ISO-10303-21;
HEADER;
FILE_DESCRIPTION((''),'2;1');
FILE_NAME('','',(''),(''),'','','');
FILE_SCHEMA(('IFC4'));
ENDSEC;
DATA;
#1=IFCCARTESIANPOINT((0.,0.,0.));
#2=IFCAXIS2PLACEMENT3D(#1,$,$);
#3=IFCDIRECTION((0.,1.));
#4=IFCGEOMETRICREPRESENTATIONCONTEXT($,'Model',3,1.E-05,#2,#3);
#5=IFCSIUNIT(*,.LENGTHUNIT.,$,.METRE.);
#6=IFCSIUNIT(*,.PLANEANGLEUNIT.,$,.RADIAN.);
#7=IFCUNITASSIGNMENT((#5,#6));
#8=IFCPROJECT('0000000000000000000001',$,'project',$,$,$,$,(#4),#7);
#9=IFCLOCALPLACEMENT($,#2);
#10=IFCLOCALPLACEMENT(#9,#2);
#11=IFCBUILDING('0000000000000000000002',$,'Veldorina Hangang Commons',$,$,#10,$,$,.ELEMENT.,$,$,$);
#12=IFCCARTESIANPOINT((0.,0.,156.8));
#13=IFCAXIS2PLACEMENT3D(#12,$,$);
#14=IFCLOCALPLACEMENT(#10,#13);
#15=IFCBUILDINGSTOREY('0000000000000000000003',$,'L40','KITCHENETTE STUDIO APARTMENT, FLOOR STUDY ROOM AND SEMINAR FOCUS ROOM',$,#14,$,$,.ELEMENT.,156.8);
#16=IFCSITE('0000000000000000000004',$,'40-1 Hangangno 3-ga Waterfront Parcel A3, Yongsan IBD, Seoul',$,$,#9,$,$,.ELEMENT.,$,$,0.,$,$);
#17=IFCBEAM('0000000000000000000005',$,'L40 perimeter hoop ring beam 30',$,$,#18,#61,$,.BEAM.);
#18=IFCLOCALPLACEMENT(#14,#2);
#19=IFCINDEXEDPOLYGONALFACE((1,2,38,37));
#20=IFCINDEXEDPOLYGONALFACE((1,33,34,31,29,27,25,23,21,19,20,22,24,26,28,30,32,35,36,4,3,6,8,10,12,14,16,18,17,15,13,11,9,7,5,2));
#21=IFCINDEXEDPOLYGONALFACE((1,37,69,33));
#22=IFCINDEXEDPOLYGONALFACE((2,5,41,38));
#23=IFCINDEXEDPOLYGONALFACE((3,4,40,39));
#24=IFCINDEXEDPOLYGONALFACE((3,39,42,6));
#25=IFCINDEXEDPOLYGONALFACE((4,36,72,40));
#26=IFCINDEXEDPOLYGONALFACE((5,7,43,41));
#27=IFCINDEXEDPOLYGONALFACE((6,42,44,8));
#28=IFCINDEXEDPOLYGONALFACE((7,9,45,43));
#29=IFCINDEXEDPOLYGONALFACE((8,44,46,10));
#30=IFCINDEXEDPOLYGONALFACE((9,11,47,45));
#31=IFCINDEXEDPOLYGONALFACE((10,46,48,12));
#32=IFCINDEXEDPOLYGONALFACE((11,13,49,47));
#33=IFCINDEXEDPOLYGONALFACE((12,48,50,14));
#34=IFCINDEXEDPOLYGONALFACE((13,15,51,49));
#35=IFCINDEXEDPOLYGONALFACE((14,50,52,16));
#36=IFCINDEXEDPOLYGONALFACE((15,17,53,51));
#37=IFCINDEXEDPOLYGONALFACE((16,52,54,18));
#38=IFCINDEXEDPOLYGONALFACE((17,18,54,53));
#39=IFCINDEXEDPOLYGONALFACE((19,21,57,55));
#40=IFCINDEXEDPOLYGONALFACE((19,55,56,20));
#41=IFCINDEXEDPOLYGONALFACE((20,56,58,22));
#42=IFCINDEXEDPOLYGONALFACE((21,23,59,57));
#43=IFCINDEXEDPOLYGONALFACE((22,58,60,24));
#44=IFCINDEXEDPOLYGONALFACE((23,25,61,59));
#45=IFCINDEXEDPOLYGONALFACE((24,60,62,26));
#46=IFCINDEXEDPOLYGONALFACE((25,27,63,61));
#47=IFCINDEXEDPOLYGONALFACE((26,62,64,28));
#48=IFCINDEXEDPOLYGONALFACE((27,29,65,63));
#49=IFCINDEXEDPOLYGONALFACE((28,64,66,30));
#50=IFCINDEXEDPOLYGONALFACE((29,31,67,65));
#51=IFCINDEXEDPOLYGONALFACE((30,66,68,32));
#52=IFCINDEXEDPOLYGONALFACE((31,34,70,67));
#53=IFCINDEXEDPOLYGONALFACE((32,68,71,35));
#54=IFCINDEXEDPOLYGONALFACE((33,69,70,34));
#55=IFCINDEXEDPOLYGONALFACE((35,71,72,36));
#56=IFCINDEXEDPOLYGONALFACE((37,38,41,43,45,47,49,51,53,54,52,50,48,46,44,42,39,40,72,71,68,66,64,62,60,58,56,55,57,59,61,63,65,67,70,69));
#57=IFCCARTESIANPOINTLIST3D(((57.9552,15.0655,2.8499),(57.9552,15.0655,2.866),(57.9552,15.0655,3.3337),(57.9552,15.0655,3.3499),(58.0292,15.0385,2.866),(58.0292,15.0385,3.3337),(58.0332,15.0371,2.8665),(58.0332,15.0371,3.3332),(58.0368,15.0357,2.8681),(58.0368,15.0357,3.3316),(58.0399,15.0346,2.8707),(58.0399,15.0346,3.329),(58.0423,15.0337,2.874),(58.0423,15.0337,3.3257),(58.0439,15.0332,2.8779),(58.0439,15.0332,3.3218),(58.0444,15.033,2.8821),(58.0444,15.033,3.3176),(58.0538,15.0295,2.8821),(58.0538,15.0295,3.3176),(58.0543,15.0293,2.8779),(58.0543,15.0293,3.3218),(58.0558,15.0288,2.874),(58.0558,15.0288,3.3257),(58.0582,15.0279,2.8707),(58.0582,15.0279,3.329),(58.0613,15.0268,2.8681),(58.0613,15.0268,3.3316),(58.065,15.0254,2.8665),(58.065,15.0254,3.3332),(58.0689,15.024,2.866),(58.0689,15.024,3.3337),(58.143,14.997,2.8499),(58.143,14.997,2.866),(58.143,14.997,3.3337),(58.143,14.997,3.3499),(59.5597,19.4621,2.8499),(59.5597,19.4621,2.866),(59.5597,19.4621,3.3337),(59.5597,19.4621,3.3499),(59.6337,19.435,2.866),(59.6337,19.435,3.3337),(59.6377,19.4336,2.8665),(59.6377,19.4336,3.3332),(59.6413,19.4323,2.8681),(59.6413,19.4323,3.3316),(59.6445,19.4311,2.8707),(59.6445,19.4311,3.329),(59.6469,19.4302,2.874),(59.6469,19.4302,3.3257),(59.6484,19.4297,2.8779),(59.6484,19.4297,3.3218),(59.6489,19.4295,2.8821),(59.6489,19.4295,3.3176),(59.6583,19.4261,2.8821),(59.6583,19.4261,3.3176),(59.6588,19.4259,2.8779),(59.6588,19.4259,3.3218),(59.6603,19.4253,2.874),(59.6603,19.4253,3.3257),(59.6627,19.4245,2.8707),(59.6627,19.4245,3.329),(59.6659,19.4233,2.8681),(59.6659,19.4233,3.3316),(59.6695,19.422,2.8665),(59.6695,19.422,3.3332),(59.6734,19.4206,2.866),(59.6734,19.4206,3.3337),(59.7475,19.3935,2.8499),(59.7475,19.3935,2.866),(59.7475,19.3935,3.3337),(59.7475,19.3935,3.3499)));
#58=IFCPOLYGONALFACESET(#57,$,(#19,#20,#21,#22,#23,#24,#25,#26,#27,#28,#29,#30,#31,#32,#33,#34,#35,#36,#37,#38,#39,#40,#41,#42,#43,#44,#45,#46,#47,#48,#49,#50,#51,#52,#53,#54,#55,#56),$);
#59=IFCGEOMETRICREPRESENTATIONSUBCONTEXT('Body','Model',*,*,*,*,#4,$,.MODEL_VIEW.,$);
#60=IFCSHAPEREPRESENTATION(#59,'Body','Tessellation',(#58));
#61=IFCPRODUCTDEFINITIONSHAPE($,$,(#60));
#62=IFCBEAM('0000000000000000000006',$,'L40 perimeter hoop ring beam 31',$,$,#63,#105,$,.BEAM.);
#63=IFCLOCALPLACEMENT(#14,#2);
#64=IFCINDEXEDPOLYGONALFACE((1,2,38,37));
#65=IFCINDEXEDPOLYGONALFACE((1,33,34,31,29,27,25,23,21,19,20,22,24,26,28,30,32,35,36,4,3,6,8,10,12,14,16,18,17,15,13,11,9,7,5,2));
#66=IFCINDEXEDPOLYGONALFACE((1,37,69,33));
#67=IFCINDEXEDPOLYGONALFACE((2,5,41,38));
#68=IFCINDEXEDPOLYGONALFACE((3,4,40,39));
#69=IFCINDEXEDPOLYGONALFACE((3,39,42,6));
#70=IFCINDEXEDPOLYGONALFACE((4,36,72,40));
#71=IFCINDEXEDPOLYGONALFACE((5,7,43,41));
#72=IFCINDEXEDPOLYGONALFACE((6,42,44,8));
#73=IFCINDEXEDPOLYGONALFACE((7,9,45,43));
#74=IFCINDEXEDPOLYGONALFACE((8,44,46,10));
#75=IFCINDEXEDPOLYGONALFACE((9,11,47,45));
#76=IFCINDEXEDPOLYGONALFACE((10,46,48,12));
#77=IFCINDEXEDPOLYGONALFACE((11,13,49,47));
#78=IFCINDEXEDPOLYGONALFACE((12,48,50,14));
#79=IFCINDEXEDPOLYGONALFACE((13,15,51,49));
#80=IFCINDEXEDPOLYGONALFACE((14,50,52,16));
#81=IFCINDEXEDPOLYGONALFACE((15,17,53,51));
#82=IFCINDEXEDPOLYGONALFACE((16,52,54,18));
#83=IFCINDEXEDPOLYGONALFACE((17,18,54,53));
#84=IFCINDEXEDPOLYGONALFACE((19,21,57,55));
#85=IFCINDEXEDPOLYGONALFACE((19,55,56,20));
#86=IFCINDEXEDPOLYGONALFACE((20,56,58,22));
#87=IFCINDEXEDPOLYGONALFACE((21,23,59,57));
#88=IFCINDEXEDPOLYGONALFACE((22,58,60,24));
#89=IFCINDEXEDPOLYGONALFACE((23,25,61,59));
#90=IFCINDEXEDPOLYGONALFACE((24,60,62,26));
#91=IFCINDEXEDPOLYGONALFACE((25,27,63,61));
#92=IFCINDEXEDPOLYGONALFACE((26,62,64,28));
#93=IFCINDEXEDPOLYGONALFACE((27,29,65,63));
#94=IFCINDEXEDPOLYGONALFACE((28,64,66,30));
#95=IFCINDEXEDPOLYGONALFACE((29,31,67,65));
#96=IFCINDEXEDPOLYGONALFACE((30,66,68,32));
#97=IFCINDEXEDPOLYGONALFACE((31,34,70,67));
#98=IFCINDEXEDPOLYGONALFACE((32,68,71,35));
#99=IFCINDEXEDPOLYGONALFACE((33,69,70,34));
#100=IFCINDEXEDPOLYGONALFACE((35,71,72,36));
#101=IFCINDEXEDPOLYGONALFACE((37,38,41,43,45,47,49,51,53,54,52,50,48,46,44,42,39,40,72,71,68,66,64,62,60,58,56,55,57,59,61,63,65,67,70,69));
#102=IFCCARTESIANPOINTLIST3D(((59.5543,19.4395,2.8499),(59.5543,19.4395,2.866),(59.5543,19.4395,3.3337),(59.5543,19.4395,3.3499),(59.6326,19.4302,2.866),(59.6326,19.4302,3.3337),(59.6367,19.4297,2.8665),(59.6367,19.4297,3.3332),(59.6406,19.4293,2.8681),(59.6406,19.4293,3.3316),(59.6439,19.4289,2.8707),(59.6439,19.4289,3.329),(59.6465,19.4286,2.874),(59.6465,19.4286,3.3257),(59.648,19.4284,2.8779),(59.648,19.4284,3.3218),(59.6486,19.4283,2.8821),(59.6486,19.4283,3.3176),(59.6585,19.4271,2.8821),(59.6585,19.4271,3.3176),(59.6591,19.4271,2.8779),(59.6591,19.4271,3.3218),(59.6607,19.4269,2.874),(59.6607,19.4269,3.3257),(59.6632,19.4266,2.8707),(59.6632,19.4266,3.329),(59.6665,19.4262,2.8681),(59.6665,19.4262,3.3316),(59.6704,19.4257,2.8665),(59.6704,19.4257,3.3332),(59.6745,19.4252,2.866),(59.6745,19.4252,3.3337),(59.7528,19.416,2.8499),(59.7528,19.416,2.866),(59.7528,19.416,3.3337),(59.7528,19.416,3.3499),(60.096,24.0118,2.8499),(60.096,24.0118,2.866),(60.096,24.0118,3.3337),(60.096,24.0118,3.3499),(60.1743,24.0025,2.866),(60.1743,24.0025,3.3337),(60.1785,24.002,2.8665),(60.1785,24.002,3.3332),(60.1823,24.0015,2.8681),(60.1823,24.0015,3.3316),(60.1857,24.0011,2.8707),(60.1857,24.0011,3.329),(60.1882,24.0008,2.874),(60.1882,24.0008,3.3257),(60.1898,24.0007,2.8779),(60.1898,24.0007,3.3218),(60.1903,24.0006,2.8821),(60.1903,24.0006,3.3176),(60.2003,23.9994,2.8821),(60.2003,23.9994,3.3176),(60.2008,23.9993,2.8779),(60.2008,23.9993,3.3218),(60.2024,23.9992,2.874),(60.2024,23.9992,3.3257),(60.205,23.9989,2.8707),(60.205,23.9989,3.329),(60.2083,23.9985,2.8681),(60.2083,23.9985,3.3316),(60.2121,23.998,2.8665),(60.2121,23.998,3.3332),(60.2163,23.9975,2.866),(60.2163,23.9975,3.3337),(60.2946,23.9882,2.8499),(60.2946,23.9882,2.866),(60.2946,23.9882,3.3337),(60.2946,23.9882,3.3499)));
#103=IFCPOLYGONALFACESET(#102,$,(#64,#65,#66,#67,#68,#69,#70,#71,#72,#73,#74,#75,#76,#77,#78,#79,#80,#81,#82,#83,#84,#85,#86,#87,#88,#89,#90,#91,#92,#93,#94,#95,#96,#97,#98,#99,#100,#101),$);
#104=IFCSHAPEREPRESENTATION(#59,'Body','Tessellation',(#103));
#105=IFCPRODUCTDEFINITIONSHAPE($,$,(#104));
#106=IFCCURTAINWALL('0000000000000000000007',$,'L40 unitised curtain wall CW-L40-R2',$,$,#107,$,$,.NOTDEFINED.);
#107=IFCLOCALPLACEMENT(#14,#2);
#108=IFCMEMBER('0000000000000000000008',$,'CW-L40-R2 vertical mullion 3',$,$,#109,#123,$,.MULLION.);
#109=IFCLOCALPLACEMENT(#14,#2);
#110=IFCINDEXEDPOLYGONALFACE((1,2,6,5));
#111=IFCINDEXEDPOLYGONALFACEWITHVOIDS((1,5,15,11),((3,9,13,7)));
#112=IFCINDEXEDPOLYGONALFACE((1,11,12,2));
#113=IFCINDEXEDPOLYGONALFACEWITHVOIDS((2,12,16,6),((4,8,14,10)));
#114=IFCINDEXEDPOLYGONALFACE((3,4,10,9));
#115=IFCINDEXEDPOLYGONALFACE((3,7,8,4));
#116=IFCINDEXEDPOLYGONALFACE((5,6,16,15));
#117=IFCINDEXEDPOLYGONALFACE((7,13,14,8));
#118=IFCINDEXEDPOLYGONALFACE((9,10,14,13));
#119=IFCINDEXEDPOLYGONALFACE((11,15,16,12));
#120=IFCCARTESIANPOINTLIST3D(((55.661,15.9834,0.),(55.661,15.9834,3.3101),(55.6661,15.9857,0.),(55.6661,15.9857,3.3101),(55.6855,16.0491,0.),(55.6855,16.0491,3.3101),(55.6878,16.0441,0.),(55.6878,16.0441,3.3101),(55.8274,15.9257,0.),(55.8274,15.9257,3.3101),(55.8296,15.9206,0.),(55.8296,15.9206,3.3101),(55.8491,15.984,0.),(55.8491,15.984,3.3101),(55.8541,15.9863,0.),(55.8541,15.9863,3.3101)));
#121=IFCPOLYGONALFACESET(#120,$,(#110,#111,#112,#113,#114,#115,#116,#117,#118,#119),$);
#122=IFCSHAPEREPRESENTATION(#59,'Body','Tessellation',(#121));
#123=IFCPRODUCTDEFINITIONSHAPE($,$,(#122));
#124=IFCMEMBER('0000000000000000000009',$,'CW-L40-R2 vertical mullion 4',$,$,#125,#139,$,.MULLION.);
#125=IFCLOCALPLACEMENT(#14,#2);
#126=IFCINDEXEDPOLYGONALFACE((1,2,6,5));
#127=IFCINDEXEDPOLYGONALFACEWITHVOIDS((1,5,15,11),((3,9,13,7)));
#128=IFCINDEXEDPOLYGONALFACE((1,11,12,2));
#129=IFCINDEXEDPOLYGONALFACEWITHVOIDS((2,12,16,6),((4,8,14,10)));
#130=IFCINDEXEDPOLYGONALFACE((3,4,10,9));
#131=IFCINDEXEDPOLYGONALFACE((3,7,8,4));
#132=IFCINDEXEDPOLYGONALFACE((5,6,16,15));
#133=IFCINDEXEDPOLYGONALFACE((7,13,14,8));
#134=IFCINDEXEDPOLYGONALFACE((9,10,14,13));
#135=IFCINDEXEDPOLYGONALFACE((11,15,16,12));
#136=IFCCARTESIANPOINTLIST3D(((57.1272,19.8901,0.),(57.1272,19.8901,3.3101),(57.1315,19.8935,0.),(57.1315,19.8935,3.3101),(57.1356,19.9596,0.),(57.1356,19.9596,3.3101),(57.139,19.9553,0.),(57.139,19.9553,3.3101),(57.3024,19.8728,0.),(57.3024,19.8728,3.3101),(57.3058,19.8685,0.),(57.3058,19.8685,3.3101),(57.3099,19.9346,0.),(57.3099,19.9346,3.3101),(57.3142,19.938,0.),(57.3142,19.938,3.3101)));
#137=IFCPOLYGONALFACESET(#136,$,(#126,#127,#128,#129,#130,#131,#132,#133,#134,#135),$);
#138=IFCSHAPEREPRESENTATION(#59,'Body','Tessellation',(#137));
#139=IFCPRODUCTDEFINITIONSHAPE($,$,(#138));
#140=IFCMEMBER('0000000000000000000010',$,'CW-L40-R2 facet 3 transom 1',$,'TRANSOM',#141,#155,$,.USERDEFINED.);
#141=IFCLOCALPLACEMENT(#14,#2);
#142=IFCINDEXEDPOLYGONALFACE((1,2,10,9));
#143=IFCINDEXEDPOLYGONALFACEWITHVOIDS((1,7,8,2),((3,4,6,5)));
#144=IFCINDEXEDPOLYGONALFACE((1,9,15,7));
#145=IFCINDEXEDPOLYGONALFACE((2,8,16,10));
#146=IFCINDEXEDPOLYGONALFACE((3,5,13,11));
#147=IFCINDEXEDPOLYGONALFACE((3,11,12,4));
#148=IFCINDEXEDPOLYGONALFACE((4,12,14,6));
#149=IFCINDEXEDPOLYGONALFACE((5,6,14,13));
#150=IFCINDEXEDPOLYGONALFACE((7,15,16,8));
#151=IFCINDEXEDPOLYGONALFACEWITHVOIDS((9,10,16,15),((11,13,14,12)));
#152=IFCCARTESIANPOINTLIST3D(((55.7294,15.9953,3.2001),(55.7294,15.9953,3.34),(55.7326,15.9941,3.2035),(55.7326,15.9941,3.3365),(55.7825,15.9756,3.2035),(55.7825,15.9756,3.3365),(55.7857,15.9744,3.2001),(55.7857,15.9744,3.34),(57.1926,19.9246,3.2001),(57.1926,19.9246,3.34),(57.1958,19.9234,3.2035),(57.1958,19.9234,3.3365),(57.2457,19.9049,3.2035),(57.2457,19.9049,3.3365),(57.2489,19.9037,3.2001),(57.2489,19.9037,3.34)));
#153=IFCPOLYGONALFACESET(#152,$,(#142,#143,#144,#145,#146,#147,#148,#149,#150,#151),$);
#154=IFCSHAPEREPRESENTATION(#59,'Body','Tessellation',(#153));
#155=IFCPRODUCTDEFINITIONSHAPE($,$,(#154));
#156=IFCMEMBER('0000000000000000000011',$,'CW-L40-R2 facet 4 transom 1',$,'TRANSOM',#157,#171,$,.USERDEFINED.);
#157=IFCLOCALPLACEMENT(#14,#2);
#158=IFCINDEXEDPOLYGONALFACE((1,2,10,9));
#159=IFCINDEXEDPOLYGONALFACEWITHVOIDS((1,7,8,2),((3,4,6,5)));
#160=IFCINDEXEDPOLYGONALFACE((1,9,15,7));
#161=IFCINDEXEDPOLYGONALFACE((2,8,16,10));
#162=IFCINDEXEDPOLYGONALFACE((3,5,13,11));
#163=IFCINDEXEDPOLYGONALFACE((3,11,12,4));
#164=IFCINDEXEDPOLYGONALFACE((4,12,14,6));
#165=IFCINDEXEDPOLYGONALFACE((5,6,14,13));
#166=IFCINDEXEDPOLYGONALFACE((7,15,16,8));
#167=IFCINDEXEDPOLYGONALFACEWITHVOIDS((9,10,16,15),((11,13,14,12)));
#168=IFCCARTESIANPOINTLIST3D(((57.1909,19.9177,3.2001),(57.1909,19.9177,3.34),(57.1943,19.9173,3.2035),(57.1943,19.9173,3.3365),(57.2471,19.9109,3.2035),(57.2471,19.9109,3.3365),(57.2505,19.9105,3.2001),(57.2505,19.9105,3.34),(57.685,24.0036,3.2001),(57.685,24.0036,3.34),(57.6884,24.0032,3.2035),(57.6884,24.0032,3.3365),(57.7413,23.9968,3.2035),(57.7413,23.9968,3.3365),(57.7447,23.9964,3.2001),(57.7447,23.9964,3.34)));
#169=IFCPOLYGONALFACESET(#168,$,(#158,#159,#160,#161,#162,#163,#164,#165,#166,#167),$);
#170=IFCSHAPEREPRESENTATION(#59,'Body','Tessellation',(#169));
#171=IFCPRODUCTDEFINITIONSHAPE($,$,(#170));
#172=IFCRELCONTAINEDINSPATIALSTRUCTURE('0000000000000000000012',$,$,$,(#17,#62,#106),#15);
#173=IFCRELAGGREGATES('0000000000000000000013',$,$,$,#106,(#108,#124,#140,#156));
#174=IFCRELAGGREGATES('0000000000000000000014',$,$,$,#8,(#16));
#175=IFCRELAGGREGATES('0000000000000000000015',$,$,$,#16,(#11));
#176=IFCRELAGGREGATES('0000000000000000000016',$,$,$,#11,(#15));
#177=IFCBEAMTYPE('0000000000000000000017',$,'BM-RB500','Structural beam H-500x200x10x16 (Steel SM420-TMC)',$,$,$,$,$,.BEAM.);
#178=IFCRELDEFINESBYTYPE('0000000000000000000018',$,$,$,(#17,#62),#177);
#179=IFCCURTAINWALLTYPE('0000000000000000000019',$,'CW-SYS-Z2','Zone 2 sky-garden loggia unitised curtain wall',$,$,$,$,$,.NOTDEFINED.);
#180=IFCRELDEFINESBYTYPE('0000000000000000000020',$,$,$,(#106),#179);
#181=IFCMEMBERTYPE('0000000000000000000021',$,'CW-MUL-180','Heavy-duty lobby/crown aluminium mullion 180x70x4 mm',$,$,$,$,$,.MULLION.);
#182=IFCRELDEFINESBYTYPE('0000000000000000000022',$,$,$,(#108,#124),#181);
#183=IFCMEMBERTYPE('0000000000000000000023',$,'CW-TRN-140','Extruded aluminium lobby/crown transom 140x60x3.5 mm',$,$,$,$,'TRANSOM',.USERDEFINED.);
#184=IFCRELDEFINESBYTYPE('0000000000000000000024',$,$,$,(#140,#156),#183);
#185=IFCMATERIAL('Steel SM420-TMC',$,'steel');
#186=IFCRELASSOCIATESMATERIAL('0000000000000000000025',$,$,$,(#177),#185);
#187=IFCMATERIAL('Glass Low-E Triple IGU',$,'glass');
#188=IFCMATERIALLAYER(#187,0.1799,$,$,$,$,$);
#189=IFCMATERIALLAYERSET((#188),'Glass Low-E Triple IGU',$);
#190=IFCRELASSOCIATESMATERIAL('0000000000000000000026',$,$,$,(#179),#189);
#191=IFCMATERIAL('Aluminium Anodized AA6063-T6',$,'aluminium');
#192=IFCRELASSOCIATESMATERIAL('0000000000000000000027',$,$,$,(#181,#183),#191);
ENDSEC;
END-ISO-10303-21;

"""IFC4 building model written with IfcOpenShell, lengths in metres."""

from ifc_helpers import new_model, si_unit, direction, frame, origin, origin_2d, place, context, subcontext, project, spatial, hollow_rectangle, i_section, extrude, material, layer, layer_set, material_profile, profile_set, type_object, element, aggregate, save


model = new_model("IFC4")

# Units and contexts
model_context = context("Model", 3, precision=1e-05, world=origin(), true_north=direction((0.0, 1.0)))
body_context = subcontext(model_context, "Body", "Model", "MODEL_VIEW")
ifc_project = project(units=[si_unit("LENGTHUNIT", "METRE"), si_unit("PLANEANGLEUNIT", "RADIAN")], contexts=[model_context])

# Site, building, storey
site_placement = place(None, origin())
site = spatial("IfcSite", under=ifc_project, at=site_placement, Name="40-1 Hangangno 3-ga Waterfront Parcel A3, Yongsan IBD, Seoul", CompositionType="ELEMENT", RefElevation=0.0)
building_placement = place(site_placement, origin())
building = spatial("IfcBuilding", under=site, at=building_placement, Name="Veldorina Hangang Commons", CompositionType="ELEMENT")
storey_placement = place(building_placement, frame((0.0, 0.0, 156.8)))
storey = spatial("IfcBuildingStorey", under=building, at=storey_placement, Name="L40", Description="KITCHENETTE STUDIO APARTMENT, FLOOR STUDY ROOM AND SEMINAR FOCUS ROOM", CompositionType="ELEMENT", Elevation=156.8)

# Beams
ifc_material_1 = material(Name="Steel SM420-TMC", Category="steel")
ifc_material_profile_1 = material_profile(ifc_material_1, i_section(OverallWidth=0.2, OverallDepth=0.5, WebThickness=0.01, FlangeThickness=0.0161, FilletRadius=0.0161, at=origin_2d()), Name="H-500x200x10x16")
ifc_profile_set_1 = profile_set([ifc_material_profile_1], Name="Steel SM420-TMC")
beam_type = type_object("IfcBeamType", Name="BM-RB500", Description="Structural beam H-500x200x10x16 (Steel SM420-TMC)", PredefinedType="BEAM", material=ifc_profile_set_1)
beam_1_placement = place(storey_placement, frame((58.0491, 15.0312, 3.0999), z_axis=(0.342832, 0.939397, 0.0), x_axis=(-0.939397, 0.342832, 0.0)))
element("IfcBeam", 1, at=beam_1_placement, inside=storey, type_object=beam_type, Name="L40 perimeter hoop ring beam 30", PredefinedType="BEAM", context=body_context, shape_type="SweptSolid", body=[
    extrude(i_section(OverallWidth=0.2, OverallDepth=0.5, WebThickness=0.01, FlangeThickness=0.0161, FilletRadius=0.0161, at=origin_2d()), origin(), (0.0, 0.0, 1.0), 4.6802),
])
beam_2_placement = place(storey_placement, frame((59.6536, 19.4277, 3.0999), z_axis=(0.117663, 0.993054, 0.0), x_axis=(-0.993054, 0.117663, 0.0)))
element("IfcBeam", 2, at=beam_2_placement, inside=storey, type_object=beam_type, Name="L40 perimeter hoop ring beam 31", PredefinedType="BEAM", context=body_context, shape_type="SweptSolid", body=[
    extrude(i_section(OverallWidth=0.2, OverallDepth=0.5, WebThickness=0.01, FlangeThickness=0.0161, FilletRadius=0.0161, at=origin_2d()), origin(), (0.0, 0.0, 1.0), 4.6042),
])

# Curtain wall, members
ifc_material_2 = material(Name="Glass Low-E Triple IGU", Category="glass")
ifc_layer_1 = layer(ifc_material_2, 0.1799)
ifc_layer_set_1 = layer_set([ifc_layer_1], Name="Glass Low-E Triple IGU")
curtain_wall_type = type_object("IfcCurtainWallType", Name="CW-SYS-Z2", Description="Zone 2 sky-garden loggia unitised curtain wall", PredefinedType="NOTDEFINED", material=ifc_layer_set_1)
curtain_wall_placement = place(storey_placement, origin())
curtain_wall = element("IfcCurtainWall", 3, at=curtain_wall_placement, inside=storey, type_object=curtain_wall_type, Name="L40 unitised curtain wall CW-L40-R2", PredefinedType="NOTDEFINED")
ifc_material_3 = material(Name="Aluminium Anodized AA6063-T6", Category="aluminium")
ifc_material_profile_2 = material_profile(ifc_material_3, hollow_rectangle(XDim=0.0701, YDim=0.1799, WallThickness=0.0039, at=origin_2d()), Name="ALU-RHS-180x70x4")
ifc_profile_set_2 = profile_set([ifc_material_profile_2], Name="Aluminium Anodized AA6063-T6")
member_type_1 = type_object("IfcMemberType", Name="CW-MUL-180", Description="Heavy-duty lobby/crown aluminium mullion 180x70x4 mm", PredefinedType="MULLION", material=ifc_profile_set_2)
member_1_placement = place(storey_placement, frame((55.7576, 15.9849, 0.0), z_axis=(0.0, 0.0, 1.0), x_axis=(0.349014, 0.937118, 0.0)))
member_1 = element("IfcMember", 4, at=member_1_placement, type_object=member_type_1, Name="CW-L40-R2 vertical mullion 3", PredefinedType="MULLION", context=body_context, shape_type="SweptSolid", body=[
    extrude(hollow_rectangle(XDim=0.0701, YDim=0.1799, WallThickness=0.0039, at=origin_2d()), origin(), (0.0, 0.0, 1.0), 3.3101),
])
member_2_placement = place(storey_placement, frame((57.2207, 19.9141, 0.0), z_axis=(0.0, 0.0, 1.0), x_axis=(0.12005, 0.992768, 0.0)))
member_2 = element("IfcMember", 5, at=member_2_placement, type_object=member_type_1, Name="CW-L40-R2 vertical mullion 4", PredefinedType="MULLION", context=body_context, shape_type="SweptSolid", body=[
    extrude(hollow_rectangle(XDim=0.0701, YDim=0.1799, WallThickness=0.0039, at=origin_2d()), origin(), (0.0, 0.0, 1.0), 3.3101),
])
ifc_material_profile_3 = material_profile(ifc_material_3, hollow_rectangle(XDim=0.0601, YDim=0.1399, WallThickness=0.0034, at=origin_2d()), Name="ALU-RHS-140x60x3.5")
ifc_profile_set_3 = profile_set([ifc_material_profile_3], Name="Aluminium Anodized AA6063-T6")
member_type_2 = type_object("IfcMemberType", Name="CW-TRN-140", Description="Extruded aluminium lobby/crown transom 140x60x3.5 mm", ElementType="TRANSOM", PredefinedType="USERDEFINED", material=ifc_profile_set_3)
member_3_placement = place(storey_placement, frame((55.7576, 15.9849, 3.27), z_axis=(0.348966, 0.937136, 0.0), x_axis=(-0.937136, 0.348966, 0.0)))
member_3 = element("IfcMember", 6, at=member_3_placement, type_object=member_type_2, Name="CW-L40-R2 facet 3 transom 1", ObjectType="TRANSOM", PredefinedType="USERDEFINED", context=body_context, shape_type="SweptSolid", body=[
    extrude(hollow_rectangle(XDim=0.0601, YDim=0.1399, WallThickness=0.0034, at=origin_2d()), origin(), (0.0, 0.0, 1.0), 4.1929),
])
member_4_placement = place(storey_placement, frame((57.2207, 19.9141, 3.27), z_axis=(0.120062, 0.992766, 0.0), x_axis=(-0.992766, 0.120062, 0.0)))
member_4 = element("IfcMember", 7, at=member_4_placement, type_object=member_type_2, Name="CW-L40-R2 facet 4 transom 1", ObjectType="TRANSOM", PredefinedType="USERDEFINED", context=body_context, shape_type="SweptSolid", body=[
    extrude(hollow_rectangle(XDim=0.0601, YDim=0.1399, WallThickness=0.0034, at=origin_2d()), origin(), (0.0, 0.0, 1.0), 4.1157),
])

aggregate(curtain_wall, [member_1, member_2, member_3, member_4])

save(model, "model.ifc")
